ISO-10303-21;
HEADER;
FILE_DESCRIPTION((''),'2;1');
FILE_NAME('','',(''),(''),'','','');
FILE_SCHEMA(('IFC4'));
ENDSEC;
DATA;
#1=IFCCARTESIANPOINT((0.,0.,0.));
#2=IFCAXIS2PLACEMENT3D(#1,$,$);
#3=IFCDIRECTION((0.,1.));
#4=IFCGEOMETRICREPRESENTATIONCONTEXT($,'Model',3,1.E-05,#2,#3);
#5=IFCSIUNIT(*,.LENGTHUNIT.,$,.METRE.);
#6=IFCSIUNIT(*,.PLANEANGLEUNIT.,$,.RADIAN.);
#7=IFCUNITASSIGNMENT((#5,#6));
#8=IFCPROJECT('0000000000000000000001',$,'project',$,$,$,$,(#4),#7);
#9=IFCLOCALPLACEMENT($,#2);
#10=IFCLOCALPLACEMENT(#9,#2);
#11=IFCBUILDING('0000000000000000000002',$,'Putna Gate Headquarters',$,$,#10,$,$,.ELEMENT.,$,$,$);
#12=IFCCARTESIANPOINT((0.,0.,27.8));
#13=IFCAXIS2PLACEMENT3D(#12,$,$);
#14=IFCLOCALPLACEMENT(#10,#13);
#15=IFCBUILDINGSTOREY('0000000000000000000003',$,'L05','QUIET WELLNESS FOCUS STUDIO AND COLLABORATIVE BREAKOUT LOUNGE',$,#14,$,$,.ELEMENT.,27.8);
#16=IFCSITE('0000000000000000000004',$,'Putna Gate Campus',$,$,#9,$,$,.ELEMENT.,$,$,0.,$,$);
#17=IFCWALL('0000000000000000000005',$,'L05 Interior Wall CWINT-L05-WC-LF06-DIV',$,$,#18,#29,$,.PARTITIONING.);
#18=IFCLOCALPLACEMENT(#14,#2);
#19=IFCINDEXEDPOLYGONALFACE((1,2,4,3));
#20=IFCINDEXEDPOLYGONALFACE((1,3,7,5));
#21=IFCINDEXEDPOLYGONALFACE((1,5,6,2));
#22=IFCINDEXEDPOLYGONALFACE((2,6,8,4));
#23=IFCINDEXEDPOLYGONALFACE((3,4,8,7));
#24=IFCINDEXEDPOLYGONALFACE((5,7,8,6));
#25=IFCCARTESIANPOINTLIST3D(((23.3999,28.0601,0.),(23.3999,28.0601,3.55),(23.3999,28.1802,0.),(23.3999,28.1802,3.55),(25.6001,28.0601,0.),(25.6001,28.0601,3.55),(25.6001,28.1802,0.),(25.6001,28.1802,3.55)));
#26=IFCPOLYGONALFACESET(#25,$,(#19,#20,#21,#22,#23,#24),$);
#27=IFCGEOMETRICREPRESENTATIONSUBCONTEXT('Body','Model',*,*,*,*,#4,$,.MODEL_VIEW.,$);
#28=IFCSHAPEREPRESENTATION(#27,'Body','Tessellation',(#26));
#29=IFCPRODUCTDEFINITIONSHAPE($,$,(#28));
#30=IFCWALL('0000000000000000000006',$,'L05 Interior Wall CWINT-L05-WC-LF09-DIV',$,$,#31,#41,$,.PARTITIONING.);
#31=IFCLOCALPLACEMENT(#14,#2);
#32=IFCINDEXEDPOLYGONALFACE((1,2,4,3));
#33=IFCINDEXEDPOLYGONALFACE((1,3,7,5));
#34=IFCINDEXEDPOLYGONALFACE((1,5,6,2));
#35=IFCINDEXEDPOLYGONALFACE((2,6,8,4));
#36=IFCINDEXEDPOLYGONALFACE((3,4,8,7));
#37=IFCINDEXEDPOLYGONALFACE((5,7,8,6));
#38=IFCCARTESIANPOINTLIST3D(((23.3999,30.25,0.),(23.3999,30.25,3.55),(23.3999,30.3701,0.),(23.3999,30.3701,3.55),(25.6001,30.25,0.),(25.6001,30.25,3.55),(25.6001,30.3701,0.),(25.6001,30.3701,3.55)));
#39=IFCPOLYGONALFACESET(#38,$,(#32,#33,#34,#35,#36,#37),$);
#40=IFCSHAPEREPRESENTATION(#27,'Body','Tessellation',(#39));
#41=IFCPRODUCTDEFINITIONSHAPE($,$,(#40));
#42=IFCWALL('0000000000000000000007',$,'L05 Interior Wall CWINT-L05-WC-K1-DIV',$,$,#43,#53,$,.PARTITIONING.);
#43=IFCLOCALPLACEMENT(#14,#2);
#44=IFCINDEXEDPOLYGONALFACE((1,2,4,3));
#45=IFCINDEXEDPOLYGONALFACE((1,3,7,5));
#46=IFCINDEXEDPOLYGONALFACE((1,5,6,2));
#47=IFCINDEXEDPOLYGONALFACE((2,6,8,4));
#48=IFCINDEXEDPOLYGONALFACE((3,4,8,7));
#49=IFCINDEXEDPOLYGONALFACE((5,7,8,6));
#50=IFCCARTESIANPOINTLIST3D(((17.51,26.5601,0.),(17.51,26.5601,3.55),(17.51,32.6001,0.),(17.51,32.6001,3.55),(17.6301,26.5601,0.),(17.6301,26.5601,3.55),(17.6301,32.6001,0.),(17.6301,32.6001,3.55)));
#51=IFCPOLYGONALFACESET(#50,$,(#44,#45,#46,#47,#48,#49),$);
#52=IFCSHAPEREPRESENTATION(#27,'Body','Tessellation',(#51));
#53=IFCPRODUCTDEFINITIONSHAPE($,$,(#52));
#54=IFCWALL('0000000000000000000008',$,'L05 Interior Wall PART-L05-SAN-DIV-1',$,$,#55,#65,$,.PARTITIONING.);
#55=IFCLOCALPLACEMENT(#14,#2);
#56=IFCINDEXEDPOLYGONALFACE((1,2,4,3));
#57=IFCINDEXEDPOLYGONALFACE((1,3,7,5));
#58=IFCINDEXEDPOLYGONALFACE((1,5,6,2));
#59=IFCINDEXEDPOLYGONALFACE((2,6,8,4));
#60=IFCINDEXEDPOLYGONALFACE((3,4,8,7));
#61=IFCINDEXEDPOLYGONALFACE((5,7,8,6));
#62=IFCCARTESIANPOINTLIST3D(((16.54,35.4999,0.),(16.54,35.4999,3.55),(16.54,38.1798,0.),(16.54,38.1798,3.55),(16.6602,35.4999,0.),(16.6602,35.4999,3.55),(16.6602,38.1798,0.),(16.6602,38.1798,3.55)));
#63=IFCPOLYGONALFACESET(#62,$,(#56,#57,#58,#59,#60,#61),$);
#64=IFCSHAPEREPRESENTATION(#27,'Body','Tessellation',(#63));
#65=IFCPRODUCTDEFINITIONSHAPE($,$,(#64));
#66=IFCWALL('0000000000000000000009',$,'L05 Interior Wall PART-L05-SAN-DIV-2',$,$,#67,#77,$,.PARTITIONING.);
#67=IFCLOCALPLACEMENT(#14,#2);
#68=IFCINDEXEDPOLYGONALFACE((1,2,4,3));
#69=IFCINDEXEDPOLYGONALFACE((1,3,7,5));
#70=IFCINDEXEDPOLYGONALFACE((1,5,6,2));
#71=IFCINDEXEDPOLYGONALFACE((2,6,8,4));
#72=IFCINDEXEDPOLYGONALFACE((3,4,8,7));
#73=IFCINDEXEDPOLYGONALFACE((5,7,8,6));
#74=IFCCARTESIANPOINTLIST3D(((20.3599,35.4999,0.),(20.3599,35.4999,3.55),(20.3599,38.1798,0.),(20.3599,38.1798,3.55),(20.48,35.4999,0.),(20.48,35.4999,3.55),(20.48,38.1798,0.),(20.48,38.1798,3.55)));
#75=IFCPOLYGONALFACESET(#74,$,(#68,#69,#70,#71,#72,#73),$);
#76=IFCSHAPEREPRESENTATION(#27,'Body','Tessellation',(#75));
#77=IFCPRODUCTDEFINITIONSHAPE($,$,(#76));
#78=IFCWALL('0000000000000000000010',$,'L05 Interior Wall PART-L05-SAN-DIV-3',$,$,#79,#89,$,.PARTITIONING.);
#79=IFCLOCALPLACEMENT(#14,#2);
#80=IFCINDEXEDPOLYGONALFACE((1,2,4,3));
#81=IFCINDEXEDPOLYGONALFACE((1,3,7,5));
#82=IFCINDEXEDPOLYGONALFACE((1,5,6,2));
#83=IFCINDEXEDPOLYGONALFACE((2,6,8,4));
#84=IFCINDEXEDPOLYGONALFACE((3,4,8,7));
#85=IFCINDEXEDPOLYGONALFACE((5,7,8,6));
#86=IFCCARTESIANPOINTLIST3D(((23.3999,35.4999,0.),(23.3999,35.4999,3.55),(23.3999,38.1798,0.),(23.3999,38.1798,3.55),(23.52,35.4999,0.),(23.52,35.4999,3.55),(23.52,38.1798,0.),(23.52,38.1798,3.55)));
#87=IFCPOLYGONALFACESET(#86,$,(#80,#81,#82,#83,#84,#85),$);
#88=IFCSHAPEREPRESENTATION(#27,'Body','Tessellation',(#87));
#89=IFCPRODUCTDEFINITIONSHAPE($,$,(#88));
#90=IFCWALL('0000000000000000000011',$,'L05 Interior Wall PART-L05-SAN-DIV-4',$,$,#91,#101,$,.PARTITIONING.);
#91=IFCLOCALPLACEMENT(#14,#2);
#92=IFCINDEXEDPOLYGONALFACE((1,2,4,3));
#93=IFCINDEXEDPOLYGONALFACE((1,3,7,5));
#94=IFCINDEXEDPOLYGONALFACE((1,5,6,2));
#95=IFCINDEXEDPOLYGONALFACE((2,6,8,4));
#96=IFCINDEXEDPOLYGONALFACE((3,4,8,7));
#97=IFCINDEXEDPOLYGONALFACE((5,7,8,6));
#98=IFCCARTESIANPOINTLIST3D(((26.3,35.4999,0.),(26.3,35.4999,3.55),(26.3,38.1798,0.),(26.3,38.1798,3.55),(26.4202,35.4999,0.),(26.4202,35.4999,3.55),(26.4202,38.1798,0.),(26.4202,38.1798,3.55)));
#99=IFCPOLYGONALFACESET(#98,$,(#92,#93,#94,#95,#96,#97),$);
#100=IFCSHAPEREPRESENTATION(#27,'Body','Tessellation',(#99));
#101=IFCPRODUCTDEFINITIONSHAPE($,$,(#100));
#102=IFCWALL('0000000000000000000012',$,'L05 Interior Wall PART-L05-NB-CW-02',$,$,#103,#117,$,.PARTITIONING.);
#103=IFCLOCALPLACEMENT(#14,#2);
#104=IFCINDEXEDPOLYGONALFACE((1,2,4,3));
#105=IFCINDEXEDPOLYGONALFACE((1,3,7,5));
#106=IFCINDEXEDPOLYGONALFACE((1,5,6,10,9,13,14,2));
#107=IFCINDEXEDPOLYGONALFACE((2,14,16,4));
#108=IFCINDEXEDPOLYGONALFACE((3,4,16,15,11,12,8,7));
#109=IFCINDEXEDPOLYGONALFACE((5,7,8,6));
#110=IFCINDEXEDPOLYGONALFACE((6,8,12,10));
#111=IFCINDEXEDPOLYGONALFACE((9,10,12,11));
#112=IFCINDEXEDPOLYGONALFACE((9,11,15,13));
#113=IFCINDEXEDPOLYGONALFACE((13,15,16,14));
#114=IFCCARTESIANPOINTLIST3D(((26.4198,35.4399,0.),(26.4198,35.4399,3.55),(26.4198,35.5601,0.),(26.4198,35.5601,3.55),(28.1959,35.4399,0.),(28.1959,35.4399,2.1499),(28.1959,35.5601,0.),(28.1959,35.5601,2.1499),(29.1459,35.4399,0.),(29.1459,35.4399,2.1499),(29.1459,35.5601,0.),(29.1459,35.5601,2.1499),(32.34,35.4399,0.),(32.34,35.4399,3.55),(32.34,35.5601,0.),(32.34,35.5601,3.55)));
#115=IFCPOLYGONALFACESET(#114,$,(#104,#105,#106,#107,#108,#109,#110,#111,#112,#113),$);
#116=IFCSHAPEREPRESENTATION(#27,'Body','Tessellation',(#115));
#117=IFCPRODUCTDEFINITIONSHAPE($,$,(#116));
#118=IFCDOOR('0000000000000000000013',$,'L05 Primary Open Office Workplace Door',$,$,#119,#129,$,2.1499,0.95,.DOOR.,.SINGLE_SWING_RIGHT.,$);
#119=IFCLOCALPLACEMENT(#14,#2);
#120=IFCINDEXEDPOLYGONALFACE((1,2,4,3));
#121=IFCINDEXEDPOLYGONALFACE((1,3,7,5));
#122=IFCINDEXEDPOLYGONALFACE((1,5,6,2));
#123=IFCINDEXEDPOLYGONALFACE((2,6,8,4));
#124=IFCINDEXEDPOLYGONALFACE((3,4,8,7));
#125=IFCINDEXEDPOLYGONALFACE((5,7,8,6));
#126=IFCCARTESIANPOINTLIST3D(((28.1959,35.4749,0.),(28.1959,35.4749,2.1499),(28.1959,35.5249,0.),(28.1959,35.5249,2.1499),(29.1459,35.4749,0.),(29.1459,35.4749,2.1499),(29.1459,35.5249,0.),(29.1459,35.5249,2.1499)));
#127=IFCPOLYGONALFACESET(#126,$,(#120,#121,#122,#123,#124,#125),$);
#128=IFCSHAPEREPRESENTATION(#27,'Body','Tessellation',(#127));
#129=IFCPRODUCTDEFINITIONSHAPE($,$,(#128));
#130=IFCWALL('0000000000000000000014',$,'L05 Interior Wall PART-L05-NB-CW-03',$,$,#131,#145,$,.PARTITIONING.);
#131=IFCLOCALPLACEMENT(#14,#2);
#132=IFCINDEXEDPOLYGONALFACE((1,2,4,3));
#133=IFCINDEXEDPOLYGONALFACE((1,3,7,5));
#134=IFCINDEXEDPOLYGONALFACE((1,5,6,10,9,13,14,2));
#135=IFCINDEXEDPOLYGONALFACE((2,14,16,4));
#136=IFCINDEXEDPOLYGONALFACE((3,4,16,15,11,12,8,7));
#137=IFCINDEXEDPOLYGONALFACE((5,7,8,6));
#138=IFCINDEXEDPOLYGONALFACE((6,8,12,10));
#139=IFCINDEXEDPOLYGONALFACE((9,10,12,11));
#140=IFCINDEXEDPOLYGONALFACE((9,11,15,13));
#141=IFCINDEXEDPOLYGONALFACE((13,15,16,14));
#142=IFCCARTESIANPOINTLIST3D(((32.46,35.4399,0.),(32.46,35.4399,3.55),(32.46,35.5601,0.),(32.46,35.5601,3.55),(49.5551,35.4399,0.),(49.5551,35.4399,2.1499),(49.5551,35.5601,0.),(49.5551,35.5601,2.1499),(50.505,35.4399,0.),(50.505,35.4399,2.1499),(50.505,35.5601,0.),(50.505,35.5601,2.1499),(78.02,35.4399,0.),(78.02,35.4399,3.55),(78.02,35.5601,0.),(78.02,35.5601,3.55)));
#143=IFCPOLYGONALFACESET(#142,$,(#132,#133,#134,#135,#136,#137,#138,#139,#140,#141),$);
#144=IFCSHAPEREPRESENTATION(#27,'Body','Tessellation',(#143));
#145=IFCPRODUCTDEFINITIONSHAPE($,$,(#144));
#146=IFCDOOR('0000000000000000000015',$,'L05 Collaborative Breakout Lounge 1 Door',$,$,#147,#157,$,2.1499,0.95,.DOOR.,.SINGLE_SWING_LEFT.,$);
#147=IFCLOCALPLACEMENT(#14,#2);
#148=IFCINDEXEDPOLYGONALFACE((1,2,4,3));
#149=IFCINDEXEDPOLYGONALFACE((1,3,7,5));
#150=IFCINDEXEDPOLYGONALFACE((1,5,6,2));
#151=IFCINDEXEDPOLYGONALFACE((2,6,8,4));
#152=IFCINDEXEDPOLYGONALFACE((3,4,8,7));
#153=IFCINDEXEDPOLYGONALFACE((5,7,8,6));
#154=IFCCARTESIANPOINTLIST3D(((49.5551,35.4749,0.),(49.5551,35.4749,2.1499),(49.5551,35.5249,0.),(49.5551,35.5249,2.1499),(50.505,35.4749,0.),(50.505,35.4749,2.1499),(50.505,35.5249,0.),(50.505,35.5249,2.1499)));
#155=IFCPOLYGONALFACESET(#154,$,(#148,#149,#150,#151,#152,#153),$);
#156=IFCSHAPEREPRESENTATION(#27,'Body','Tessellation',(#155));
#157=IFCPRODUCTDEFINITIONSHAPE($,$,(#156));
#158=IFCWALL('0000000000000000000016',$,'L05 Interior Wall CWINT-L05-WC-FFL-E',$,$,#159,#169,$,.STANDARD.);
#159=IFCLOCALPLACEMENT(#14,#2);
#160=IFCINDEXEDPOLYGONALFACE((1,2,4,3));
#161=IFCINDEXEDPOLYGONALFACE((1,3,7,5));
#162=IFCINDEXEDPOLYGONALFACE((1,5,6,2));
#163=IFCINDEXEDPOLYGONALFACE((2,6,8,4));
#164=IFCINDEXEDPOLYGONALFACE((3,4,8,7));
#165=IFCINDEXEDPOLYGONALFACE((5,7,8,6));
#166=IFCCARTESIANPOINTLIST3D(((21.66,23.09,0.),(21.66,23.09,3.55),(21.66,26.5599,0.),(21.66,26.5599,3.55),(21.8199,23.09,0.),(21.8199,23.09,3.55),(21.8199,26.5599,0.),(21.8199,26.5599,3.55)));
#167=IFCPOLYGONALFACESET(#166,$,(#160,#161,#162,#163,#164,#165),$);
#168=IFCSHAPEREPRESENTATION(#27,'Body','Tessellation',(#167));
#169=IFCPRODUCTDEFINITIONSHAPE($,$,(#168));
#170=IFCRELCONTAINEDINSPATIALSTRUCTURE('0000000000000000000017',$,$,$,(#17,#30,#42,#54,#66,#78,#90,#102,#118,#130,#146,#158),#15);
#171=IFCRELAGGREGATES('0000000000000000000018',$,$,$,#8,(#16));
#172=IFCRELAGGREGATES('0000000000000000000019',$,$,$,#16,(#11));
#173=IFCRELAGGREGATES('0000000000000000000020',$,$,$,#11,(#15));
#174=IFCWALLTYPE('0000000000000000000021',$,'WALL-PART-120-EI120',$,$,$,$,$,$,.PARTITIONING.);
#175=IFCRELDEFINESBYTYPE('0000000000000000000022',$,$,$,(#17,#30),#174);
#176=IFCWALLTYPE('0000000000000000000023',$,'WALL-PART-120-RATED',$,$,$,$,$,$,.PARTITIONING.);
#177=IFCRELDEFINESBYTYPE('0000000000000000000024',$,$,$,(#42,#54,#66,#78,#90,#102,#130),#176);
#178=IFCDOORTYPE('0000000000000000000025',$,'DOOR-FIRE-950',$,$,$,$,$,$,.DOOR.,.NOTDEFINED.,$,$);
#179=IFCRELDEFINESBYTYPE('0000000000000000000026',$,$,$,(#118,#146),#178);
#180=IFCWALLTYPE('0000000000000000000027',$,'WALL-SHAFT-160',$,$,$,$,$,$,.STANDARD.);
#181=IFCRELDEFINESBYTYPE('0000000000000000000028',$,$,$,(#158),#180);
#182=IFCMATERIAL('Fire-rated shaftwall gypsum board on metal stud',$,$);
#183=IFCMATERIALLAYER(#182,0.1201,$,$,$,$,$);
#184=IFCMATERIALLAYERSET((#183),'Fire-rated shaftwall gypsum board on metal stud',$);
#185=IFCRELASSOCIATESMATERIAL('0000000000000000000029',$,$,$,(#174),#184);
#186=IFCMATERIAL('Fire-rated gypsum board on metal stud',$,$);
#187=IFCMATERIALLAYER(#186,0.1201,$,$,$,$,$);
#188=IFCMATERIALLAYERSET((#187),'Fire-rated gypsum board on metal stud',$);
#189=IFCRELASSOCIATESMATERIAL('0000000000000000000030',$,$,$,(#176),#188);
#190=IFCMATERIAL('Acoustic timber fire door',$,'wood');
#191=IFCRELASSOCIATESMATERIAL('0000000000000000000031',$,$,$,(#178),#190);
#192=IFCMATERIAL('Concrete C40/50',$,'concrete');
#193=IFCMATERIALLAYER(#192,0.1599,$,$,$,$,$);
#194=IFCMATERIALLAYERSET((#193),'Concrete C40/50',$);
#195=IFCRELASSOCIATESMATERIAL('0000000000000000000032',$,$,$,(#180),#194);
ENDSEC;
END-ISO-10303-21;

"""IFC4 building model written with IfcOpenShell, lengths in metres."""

from ifc_helpers import new_model, si_unit, direction, frame, frame_2d, origin, place, context, subcontext, project, spatial, rectangle, extrude, material, layer, layer_set, type_object, element, fill, save


model = new_model("IFC4")

# Units and contexts
model_context = context("Model", 3, precision=1e-05, world=origin(), true_north=direction((0.0, 1.0)))
body_context = subcontext(model_context, "Body", "Model", "MODEL_VIEW")
ifc_project = project(units=[si_unit("LENGTHUNIT", "METRE"), si_unit("PLANEANGLEUNIT", "RADIAN")], contexts=[model_context])

# Site, building, storey
site_placement = place(None, origin())
site = spatial("IfcSite", under=ifc_project, at=site_placement, Name="Putna Gate Campus", CompositionType="ELEMENT", RefElevation=0.0)
building_placement = place(site_placement, origin())
building = spatial("IfcBuilding", under=site, at=building_placement, Name="Putna Gate Headquarters", CompositionType="ELEMENT")
storey_placement = place(building_placement, frame((0.0, 0.0, 27.8)))
storey = spatial("IfcBuildingStorey", under=building, at=storey_placement, Name="L05", Description="QUIET WELLNESS FOCUS STUDIO AND COLLABORATIVE BREAKOUT LOUNGE", CompositionType="ELEMENT", Elevation=27.8)

# Walls
ifc_material_1 = material(Name="Fire-rated shaftwall gypsum board on metal stud")
ifc_layer_1 = layer(ifc_material_1, 0.1201)
ifc_layer_set_1 = layer_set([ifc_layer_1], Name="Fire-rated shaftwall gypsum board on metal stud")
wall_type_1 = type_object("IfcWallType", Name="WALL-PART-120-EI120", PredefinedType="PARTITIONING", material=ifc_layer_set_1)
for number, where, z_axis, x_axis, name in (
    (1, (23.3999, 28.1201, 0.0), (0.0, 0.0, 1.0), (1.0, 0.0, 0.0), "L05 Interior Wall CWINT-L05-WC-LF06-DIV"),
    (2, (23.3999, 30.3101, 0.0), (0.0, 0.0, 1.0), (1.0, 0.0, 0.0), "L05 Interior Wall CWINT-L05-WC-LF09-DIV"),
):
    element("IfcWall", number, at=place(storey_placement, frame(where, z_axis=z_axis, x_axis=x_axis)), inside=storey, type_object=wall_type_1, Name=name, PredefinedType="PARTITIONING", context=body_context, shape_type="SweptSolid", body=[
        extrude(rectangle(XDim=2.2002, YDim=0.1201, at=frame_2d((1.1001, 0.0))), origin(), (0.0, 0.0, 1.0), 3.55),
    ])
ifc_material_2 = material(Name="Fire-rated gypsum board on metal stud")
ifc_layer_2 = layer(ifc_material_2, 0.1201)
ifc_layer_set_2 = layer_set([ifc_layer_2], Name="Fire-rated gypsum board on metal stud")
wall_type_2 = type_object("IfcWallType", Name="WALL-PART-120-RATED", PredefinedType="PARTITIONING", material=ifc_layer_set_2)
wall_1_placement = place(storey_placement, frame((17.5701, 26.5601, 0.0), z_axis=(0.0, 0.0, 1.0), x_axis=(0.0, 1.0, 0.0)))
element("IfcWall", 3, at=wall_1_placement, inside=storey, type_object=wall_type_2, Name="L05 Interior Wall CWINT-L05-WC-K1-DIV", PredefinedType="PARTITIONING", context=body_context, shape_type="SweptSolid", body=[
    extrude(rectangle(XDim=6.04, YDim=0.1201, at=frame_2d((3.02, 0.0))), origin(), (0.0, 0.0, 1.0), 3.55),
])
for number, where, z_axis, x_axis, name in (
    (4, (16.6001, 35.5, 0.0), (0.0, 0.0, 1.0), (0.0, 1.0, 0.0), "L05 Interior Wall PART-L05-SAN-DIV-1"),
    (5, (20.4199, 35.5, 0.0), (0.0, 0.0, 1.0), (0.0, 1.0, 0.0), "L05 Interior Wall PART-L05-SAN-DIV-2"),
    (6, (23.46, 35.5, 0.0), (0.0, 0.0, 1.0), (0.0, 1.0, 0.0), "L05 Interior Wall PART-L05-SAN-DIV-3"),
    (7, (26.3601, 35.5, 0.0), (0.0, 0.0, 1.0), (0.0, 1.0, 0.0), "L05 Interior Wall PART-L05-SAN-DIV-4"),
):
    element("IfcWall", number, at=place(storey_placement, frame(where, z_axis=z_axis, x_axis=x_axis)), inside=storey, type_object=wall_type_2, Name=name, PredefinedType="PARTITIONING", context=body_context, shape_type="SweptSolid", body=[
        extrude(rectangle(XDim=2.6799, YDim=0.1201, at=frame_2d((1.3398, 0.0))), origin(), (0.0, 0.0, 1.0), 3.55),
    ])

# Walls, openings, doors
wall_2_placement = place(storey_placement, frame((26.4199, 35.5, 0.0), z_axis=(0.0, 0.0, 1.0), x_axis=(1.0, 0.0, 0.0)))
wall_2 = element("IfcWall", 8, at=wall_2_placement, inside=storey, type_object=wall_type_2, Name="L05 Interior Wall PART-L05-NB-CW-02", PredefinedType="PARTITIONING", context=body_context, shape_type="SweptSolid", body=[
    extrude(rectangle(XDim=5.9202, YDim=0.1201, at=frame_2d((2.96, 0.0))), origin(), (0.0, 0.0, 1.0), 3.55),
])
opening_1_placement = place(wall_2_placement, frame((1.7759, 0.0, 0.0)))
opening_1 = element("IfcOpeningElement", 9, at=opening_1_placement, cuts=wall_2, PredefinedType="OPENING", context=body_context, shape_type="SweptSolid", body=[
    extrude(rectangle(XDim=0.95, YDim=2.1499, at=frame_2d((0.4751, 1.075))), frame((0.0, 0.0701, 0.0), z_axis=(0.0, -1.0, 0.0), x_axis=(1.0, 0.0, 0.0)), (0.0, 0.0, 1.0), 0.1401),
])
ifc_material_3 = material(Name="Acoustic timber fire door", Category="wood")
door_type_1 = type_object("IfcDoorType", Name="DOOR-FIRE-950", OperationType="NOTDEFINED", PredefinedType="DOOR", material=ifc_material_3)
door_1_placement = place(opening_1_placement, origin())
door_1 = element("IfcDoor", 10, at=door_1_placement, inside=storey, type_object=door_type_1, Name="L05 Primary Open Office Workplace Door", OperationType="SINGLE_SWING_RIGHT", OverallHeight=2.1499, OverallWidth=0.95, PredefinedType="DOOR", context=body_context, shape_type="SweptSolid", body=[
    extrude(rectangle(XDim=0.95, YDim=2.1499, at=frame_2d((0.4751, 1.075))), frame((0.0, 0.0249, 0.0), z_axis=(0.0, -1.0, 0.0), x_axis=(1.0, 0.0, 0.0)), (0.0, 0.0, 1.0), 0.05),
])
fill(opening_1, door_1)
wall_3_placement = place(storey_placement, frame((32.46, 35.5, 0.0), z_axis=(0.0, 0.0, 1.0), x_axis=(1.0, 0.0, 0.0)))
wall_3 = element("IfcWall", 11, at=wall_3_placement, inside=storey, type_object=wall_type_2, Name="L05 Interior Wall PART-L05-NB-CW-03", PredefinedType="PARTITIONING", context=body_context, shape_type="SweptSolid", body=[
    extrude(rectangle(XDim=45.5601, YDim=0.1201, at=frame_2d((22.78, 0.0))), origin(), (0.0, 0.0, 1.0), 3.55),
])
opening_2_placement = place(wall_3_placement, frame((17.095, 0.0, 0.0)))
opening_2 = element("IfcOpeningElement", 12, at=opening_2_placement, cuts=wall_3, PredefinedType="OPENING", context=body_context, shape_type="SweptSolid", body=[
    extrude(rectangle(XDim=0.95, YDim=2.1499, at=frame_2d((0.4751, 1.075))), frame((0.0, 0.0701, 0.0), z_axis=(0.0, -1.0, 0.0), x_axis=(1.0, 0.0, 0.0)), (0.0, 0.0, 1.0), 0.1401),
])
door_2_placement = place(opening_2_placement, origin())
door_2 = element("IfcDoor", 13, at=door_2_placement, inside=storey, type_object=door_type_1, Name="L05 Collaborative Breakout Lounge 1 Door", OperationType="SINGLE_SWING_LEFT", OverallHeight=2.1499, OverallWidth=0.95, PredefinedType="DOOR", context=body_context, shape_type="SweptSolid", body=[
    extrude(rectangle(XDim=0.95, YDim=2.1499, at=frame_2d((0.4751, 1.075))), frame((0.0, 0.0249, 0.0), z_axis=(0.0, -1.0, 0.0), x_axis=(1.0, 0.0, 0.0)), (0.0, 0.0, 1.0), 0.05),
])
fill(opening_2, door_2)

# Wall
ifc_material_4 = material(Name="Concrete C40/50", Category="concrete")
ifc_layer_3 = layer(ifc_material_4, 0.1599)
ifc_layer_set_3 = layer_set([ifc_layer_3], Name="Concrete C40/50")
wall_type_3 = type_object("IfcWallType", Name="WALL-SHAFT-160", PredefinedType="STANDARD", material=ifc_layer_set_3)
wall_4_placement = place(storey_placement, frame((21.74, 23.0901, 0.0), z_axis=(0.0, 0.0, 1.0), x_axis=(0.0, 1.0, 0.0)))
element("IfcWall", 14, at=wall_4_placement, inside=storey, type_object=wall_type_3, Name="L05 Interior Wall CWINT-L05-WC-FFL-E", PredefinedType="STANDARD", context=body_context, shape_type="SweptSolid", body=[
    extrude(rectangle(XDim=3.47, YDim=0.1599, at=frame_2d((1.7349, 0.0))), origin(), (0.0, 0.0, 1.0), 3.55),
])

save(model, "model.ifc")
